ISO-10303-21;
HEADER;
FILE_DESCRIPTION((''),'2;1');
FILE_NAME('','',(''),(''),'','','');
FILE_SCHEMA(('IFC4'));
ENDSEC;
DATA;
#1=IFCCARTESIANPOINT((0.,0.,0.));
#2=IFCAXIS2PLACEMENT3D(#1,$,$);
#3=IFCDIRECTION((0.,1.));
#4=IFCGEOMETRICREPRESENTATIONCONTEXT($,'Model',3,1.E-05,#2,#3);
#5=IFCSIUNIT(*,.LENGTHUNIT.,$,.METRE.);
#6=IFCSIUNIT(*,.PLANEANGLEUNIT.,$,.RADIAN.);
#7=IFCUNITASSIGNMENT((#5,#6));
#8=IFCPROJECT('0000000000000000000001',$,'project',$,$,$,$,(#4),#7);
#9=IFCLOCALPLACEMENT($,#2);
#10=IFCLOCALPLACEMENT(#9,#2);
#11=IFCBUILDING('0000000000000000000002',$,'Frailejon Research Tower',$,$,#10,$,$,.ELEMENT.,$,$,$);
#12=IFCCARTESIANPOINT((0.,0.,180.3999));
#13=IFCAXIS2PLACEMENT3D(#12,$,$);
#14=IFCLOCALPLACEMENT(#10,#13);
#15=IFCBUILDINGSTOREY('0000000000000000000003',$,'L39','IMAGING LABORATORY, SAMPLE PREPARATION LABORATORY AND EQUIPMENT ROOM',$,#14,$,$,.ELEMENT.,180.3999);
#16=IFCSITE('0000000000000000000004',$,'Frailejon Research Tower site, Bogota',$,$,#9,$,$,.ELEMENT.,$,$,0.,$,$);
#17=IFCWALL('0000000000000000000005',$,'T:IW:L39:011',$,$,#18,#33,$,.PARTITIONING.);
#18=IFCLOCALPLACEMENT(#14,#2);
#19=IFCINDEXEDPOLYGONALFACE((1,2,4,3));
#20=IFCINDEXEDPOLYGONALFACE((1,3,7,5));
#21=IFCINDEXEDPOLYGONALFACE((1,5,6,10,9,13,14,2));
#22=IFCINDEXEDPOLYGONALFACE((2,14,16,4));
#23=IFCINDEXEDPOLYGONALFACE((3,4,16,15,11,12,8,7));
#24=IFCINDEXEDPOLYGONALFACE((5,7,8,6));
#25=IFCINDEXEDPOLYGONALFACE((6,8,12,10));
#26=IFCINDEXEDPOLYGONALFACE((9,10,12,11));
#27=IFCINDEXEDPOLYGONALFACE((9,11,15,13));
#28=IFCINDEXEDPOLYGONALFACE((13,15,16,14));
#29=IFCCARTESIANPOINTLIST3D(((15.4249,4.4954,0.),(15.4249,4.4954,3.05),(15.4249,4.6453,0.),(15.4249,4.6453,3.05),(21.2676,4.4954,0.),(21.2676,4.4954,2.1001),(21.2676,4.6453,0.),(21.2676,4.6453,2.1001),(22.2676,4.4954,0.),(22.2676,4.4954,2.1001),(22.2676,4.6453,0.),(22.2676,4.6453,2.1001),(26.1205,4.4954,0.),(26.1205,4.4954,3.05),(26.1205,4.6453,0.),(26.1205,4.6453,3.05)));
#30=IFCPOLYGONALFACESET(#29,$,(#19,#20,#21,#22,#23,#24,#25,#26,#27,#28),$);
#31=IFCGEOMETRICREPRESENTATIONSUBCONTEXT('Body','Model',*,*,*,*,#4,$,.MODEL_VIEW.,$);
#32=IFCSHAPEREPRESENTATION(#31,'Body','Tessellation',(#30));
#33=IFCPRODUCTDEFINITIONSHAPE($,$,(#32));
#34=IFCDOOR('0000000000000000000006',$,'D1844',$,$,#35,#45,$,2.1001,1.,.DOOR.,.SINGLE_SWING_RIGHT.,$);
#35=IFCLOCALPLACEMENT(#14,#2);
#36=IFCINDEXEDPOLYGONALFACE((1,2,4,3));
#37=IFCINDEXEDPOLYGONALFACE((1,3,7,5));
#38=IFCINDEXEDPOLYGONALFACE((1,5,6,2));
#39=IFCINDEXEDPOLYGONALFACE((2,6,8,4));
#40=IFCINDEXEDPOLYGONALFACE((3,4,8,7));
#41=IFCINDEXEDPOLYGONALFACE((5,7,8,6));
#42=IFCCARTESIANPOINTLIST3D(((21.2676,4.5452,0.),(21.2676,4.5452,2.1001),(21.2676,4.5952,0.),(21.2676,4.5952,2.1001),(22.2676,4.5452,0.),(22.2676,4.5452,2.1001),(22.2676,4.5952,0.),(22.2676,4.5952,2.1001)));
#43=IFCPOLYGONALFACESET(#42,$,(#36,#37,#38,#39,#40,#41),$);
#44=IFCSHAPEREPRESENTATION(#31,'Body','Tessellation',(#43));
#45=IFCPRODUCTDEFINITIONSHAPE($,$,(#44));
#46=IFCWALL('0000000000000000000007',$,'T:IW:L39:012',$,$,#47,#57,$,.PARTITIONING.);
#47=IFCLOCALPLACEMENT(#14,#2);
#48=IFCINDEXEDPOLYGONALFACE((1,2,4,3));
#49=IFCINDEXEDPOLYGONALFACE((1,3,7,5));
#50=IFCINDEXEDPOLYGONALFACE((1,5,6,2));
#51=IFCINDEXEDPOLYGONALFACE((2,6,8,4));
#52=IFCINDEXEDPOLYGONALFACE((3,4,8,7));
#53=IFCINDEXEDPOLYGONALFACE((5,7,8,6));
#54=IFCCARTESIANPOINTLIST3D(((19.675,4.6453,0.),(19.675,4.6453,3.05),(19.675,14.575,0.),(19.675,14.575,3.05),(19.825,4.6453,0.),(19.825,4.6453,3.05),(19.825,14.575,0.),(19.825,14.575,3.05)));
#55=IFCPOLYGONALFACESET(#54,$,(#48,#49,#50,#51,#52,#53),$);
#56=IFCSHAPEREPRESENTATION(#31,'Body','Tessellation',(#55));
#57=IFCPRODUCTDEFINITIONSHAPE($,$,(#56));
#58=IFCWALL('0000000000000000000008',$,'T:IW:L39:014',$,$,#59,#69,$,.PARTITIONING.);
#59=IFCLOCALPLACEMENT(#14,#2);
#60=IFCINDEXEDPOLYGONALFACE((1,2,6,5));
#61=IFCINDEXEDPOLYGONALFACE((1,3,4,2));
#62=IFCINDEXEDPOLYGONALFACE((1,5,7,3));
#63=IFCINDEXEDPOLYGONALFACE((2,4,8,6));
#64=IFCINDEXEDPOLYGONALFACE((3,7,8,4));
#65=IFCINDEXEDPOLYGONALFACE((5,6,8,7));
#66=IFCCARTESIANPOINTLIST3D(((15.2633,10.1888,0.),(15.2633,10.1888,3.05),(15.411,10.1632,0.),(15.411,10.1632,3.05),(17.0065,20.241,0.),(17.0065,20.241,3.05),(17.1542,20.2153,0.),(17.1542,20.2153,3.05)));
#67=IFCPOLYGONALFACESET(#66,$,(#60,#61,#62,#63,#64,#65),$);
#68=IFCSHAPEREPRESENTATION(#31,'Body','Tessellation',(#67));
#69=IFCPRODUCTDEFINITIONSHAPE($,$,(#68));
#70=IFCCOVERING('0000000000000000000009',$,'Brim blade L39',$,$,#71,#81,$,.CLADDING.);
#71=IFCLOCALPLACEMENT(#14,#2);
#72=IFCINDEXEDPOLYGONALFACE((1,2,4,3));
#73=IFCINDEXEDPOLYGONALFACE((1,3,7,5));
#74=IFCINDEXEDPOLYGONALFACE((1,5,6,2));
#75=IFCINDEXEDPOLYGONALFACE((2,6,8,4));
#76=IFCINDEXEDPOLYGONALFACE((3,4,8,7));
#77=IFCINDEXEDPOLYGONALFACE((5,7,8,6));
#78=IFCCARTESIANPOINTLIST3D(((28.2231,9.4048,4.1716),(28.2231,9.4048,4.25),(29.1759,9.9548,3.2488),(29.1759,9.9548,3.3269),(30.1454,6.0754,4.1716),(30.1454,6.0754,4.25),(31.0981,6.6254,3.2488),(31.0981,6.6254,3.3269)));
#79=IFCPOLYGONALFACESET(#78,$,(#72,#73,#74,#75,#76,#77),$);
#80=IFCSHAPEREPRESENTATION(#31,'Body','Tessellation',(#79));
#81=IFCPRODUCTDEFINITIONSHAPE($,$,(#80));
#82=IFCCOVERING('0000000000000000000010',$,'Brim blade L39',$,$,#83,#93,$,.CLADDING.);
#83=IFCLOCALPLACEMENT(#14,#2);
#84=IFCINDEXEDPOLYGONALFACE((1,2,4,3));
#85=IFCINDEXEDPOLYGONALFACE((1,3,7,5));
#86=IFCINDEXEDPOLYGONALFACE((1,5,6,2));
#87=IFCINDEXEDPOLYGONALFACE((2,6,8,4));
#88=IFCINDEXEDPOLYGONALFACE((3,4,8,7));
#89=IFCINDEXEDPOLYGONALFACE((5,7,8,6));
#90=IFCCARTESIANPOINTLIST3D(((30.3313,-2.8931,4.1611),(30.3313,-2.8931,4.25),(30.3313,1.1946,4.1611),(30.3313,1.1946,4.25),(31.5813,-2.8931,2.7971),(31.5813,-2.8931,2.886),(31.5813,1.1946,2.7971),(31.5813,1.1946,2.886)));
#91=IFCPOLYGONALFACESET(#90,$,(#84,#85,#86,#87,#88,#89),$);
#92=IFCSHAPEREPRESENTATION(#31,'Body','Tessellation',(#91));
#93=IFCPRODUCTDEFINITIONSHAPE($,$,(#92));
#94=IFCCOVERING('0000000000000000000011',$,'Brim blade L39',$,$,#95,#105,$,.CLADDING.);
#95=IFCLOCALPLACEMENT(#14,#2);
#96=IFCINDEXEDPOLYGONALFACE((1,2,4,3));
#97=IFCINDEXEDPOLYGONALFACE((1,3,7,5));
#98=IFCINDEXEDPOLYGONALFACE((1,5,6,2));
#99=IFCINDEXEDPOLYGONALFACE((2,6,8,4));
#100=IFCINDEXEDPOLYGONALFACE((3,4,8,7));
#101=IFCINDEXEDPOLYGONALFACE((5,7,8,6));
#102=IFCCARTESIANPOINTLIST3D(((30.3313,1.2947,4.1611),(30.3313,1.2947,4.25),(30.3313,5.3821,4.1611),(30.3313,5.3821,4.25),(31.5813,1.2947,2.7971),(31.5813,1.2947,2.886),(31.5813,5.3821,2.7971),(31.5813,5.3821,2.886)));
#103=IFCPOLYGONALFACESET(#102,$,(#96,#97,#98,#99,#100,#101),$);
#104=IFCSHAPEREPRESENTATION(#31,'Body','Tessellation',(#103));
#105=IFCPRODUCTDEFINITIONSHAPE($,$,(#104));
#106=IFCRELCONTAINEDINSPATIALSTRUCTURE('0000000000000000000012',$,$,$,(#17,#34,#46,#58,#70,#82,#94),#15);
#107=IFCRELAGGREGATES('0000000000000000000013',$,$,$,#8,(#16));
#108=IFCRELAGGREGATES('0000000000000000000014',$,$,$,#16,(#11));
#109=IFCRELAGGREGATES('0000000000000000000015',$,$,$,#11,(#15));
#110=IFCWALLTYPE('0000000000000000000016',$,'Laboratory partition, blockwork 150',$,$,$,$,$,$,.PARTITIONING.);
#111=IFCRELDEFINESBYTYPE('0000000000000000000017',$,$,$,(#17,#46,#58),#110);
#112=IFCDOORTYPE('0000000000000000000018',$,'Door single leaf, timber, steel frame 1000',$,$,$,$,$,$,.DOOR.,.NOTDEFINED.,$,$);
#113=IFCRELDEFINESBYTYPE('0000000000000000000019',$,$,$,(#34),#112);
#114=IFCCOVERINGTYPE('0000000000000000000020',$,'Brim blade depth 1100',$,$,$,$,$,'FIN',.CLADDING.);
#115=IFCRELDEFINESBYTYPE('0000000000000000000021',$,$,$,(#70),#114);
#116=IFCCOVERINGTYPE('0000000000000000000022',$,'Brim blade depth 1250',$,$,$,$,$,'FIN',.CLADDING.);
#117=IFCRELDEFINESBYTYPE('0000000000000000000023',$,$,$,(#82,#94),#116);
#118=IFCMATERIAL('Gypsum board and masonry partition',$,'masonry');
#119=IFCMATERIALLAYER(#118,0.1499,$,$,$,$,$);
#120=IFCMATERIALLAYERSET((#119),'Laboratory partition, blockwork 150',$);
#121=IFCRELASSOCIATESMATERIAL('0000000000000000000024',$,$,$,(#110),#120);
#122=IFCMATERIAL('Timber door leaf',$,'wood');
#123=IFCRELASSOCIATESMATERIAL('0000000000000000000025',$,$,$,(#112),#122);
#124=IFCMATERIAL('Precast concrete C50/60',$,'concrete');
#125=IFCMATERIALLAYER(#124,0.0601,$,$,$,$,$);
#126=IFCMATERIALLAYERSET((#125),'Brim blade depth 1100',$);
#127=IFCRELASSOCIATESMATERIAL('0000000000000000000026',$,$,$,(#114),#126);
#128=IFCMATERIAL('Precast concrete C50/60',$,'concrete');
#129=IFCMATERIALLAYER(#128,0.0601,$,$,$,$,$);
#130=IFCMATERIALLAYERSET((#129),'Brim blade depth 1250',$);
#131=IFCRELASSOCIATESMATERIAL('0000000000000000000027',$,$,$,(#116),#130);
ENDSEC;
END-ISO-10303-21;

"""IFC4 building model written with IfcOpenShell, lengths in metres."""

from ifc_helpers import new_model, si_unit, direction, frame, frame_2d, origin, place, context, subcontext, project, spatial, polyline, rectangle, outline, extrude, material, layer, layer_set, type_object, element, fill, save


model = new_model("IFC4")

# Units and contexts
model_context = context("Model", 3, precision=1e-05, world=origin(), true_north=direction((0.0, 1.0)))
body_context = subcontext(model_context, "Body", "Model", "MODEL_VIEW")
ifc_project = project(units=[si_unit("LENGTHUNIT", "METRE"), si_unit("PLANEANGLEUNIT", "RADIAN")], contexts=[model_context])

# Site, building, storey
site_placement = place(None, origin())
site = spatial("IfcSite", under=ifc_project, at=site_placement, Name="Frailejon Research Tower site, Bogota", CompositionType="ELEMENT", RefElevation=0.0)
building_placement = place(site_placement, origin())
building = spatial("IfcBuilding", under=site, at=building_placement, Name="Frailejon Research Tower", CompositionType="ELEMENT")
storey_placement = place(building_placement, frame((0.0, 0.0, 180.3999)))
storey = spatial("IfcBuildingStorey", under=building, at=storey_placement, Name="L39", Description="IMAGING LABORATORY, SAMPLE PREPARATION LABORATORY AND EQUIPMENT ROOM", CompositionType="ELEMENT", Elevation=180.3999)

# Wall, opening, door
ifc_material_1 = material(Name="Gypsum board and masonry partition", Category="masonry")
ifc_layer_1 = layer(ifc_material_1, 0.1499)
ifc_layer_set_1 = layer_set([ifc_layer_1], Name="Laboratory partition, blockwork 150")
wall_type_1 = type_object("IfcWallType", Name="Laboratory partition, blockwork 150", PredefinedType="PARTITIONING", material=ifc_layer_set_1)
wall_1_placement = place(storey_placement, frame((15.425, 4.5703, 0.0), z_axis=(0.0, 0.0, 1.0), x_axis=(1.0, 0.0, 0.0)))
wall_1 = element("IfcWall", 1, at=wall_1_placement, inside=storey, type_object=wall_type_1, Name="T:IW:L39:011", PredefinedType="PARTITIONING", context=body_context, shape_type="SweptSolid", body=[
    extrude(rectangle(XDim=10.6956, YDim=0.1499, at=frame_2d((5.3477, 0.0))), origin(), (0.0, 0.0, 1.0), 3.05),
])
opening_1_placement = place(wall_1_placement, frame((5.8425, 0.0, 0.0)))
opening_1 = element("IfcOpeningElement", 2, at=opening_1_placement, cuts=wall_1, PredefinedType="OPENING", context=body_context, shape_type="SweptSolid", body=[
    extrude(rectangle(XDim=1.0, YDim=2.1001, at=frame_2d((0.5, 1.05))), frame((0.0, 0.085, 0.0), z_axis=(0.0, -1.0, 0.0), x_axis=(1.0, 0.0, 0.0)), (0.0, 0.0, 1.0), 0.1699),
])
ifc_material_2 = material(Name="Timber door leaf", Category="wood")
door_type_1 = type_object("IfcDoorType", Name="Door single leaf, timber, steel frame 1000", OperationType="NOTDEFINED", PredefinedType="DOOR", material=ifc_material_2)
door_1_placement = place(opening_1_placement, origin())
door_1 = element("IfcDoor", 3, at=door_1_placement, inside=storey, type_object=door_type_1, Name="D1844", OperationType="SINGLE_SWING_RIGHT", OverallHeight=2.1001, OverallWidth=1.0, PredefinedType="DOOR", context=body_context, shape_type="SweptSolid", body=[
    extrude(rectangle(XDim=1.0, YDim=2.1001, at=frame_2d((0.5, 1.05))), frame((0.0, 0.0249, 0.0), z_axis=(0.0, -1.0, 0.0), x_axis=(1.0, 0.0, 0.0)), (0.0, 0.0, 1.0), 0.05),
])
fill(opening_1, door_1)

# Walls
wall_2_placement = place(storey_placement, frame((19.75, 4.6453, 0.0), z_axis=(0.0, 0.0, 1.0), x_axis=(0.0, 1.0, 0.0)))
element("IfcWall", 4, at=wall_2_placement, inside=storey, type_object=wall_type_1, Name="T:IW:L39:012", PredefinedType="PARTITIONING", context=body_context, shape_type="SweptSolid", body=[
    extrude(rectangle(XDim=9.9297, YDim=0.1499, at=frame_2d((4.9648, 0.0))), origin(), (0.0, 0.0, 1.0), 3.05),
])
wall_3_placement = place(storey_placement, frame((15.3372, 10.176, 0.0), z_axis=(0.0, 0.0, 1.0), x_axis=(0.17086, 0.985295, 0.0)))
element("IfcWall", 5, at=wall_3_placement, inside=storey, type_object=wall_type_1, Name="T:IW:L39:014", PredefinedType="PARTITIONING", context=body_context, shape_type="SweptSolid", body=[
    extrude(rectangle(XDim=10.2021, YDim=0.1499, at=frame_2d((5.1011, 0.0))), origin(), (0.0, 0.0, 1.0), 3.05),
])

# Coverings
ifc_material_3 = material(Name="Precast concrete C50/60", Category="concrete")
ifc_layer_2 = layer(ifc_material_3, 0.0601)
ifc_layer_set_2 = layer_set([ifc_layer_2], Name="Brim blade depth 1100")
covering_type_1 = type_object("IfcCoveringType", Name="Brim blade depth 1100", ElementType="FIN", PredefinedType="CLADDING", material=ifc_layer_set_2)
covering_1_placement = place(storey_placement, frame((28.2231, 9.4048, 4.25), z_axis=(0.500003, -0.866024, 0.0), x_axis=(0.866024, 0.500003, 0.0)))
element("IfcCovering", 6, at=covering_1_placement, inside=storey, type_object=covering_type_1, Name="Brim blade L39", PredefinedType="CLADDING", context=body_context, shape_type="SweptSolid", body=[
    extrude(outline(polyline([(0.0, -0.0784), (1.1001, -1.0012), (1.1001, -0.9231), (0.0, 0.0), (0.0, -0.0784)])), origin(), (0.0, 0.0, 1.0), 3.8445),
])
ifc_material_4 = material(Name="Precast concrete C50/60", Category="concrete")
ifc_layer_3 = layer(ifc_material_4, 0.0601)
ifc_layer_set_3 = layer_set([ifc_layer_3], Name="Brim blade depth 1250")
covering_type_2 = type_object("IfcCoveringType", Name="Brim blade depth 1250", ElementType="FIN", PredefinedType="CLADDING", material=ifc_layer_set_3)
covering_2_placement = place(storey_placement, frame((30.3313, 1.1946, 4.25), z_axis=(0.0, -1.0, 0.0), x_axis=(1.0, 0.0, 0.0)))
element("IfcCovering", 7, at=covering_2_placement, inside=storey, type_object=covering_type_2, Name="Brim blade L39", PredefinedType="CLADDING", context=body_context, shape_type="SweptSolid", body=[
    extrude(outline(polyline([(0.0, -0.0889), (1.25, -1.4529), (1.25, -1.364), (0.0, 0.0), (0.0, -0.0889)])), origin(), (0.0, 0.0, 1.0), 4.0876),
])
covering_3_placement = place(storey_placement, frame((30.3313, 5.3821, 4.25), z_axis=(0.0, -1.0, 0.0), x_axis=(1.0, 0.0, 0.0)))
element("IfcCovering", 8, at=covering_3_placement, inside=storey, type_object=covering_type_2, Name="Brim blade L39", PredefinedType="CLADDING", context=body_context, shape_type="SweptSolid", body=[
    extrude(outline(polyline([(0.0, -0.0889), (1.25, -1.4529), (1.25, -1.364), (0.0, 0.0), (0.0, -0.0889)])), origin(), (0.0, 0.0, 1.0), 4.0874),
])

save(model, "model.ifc")
